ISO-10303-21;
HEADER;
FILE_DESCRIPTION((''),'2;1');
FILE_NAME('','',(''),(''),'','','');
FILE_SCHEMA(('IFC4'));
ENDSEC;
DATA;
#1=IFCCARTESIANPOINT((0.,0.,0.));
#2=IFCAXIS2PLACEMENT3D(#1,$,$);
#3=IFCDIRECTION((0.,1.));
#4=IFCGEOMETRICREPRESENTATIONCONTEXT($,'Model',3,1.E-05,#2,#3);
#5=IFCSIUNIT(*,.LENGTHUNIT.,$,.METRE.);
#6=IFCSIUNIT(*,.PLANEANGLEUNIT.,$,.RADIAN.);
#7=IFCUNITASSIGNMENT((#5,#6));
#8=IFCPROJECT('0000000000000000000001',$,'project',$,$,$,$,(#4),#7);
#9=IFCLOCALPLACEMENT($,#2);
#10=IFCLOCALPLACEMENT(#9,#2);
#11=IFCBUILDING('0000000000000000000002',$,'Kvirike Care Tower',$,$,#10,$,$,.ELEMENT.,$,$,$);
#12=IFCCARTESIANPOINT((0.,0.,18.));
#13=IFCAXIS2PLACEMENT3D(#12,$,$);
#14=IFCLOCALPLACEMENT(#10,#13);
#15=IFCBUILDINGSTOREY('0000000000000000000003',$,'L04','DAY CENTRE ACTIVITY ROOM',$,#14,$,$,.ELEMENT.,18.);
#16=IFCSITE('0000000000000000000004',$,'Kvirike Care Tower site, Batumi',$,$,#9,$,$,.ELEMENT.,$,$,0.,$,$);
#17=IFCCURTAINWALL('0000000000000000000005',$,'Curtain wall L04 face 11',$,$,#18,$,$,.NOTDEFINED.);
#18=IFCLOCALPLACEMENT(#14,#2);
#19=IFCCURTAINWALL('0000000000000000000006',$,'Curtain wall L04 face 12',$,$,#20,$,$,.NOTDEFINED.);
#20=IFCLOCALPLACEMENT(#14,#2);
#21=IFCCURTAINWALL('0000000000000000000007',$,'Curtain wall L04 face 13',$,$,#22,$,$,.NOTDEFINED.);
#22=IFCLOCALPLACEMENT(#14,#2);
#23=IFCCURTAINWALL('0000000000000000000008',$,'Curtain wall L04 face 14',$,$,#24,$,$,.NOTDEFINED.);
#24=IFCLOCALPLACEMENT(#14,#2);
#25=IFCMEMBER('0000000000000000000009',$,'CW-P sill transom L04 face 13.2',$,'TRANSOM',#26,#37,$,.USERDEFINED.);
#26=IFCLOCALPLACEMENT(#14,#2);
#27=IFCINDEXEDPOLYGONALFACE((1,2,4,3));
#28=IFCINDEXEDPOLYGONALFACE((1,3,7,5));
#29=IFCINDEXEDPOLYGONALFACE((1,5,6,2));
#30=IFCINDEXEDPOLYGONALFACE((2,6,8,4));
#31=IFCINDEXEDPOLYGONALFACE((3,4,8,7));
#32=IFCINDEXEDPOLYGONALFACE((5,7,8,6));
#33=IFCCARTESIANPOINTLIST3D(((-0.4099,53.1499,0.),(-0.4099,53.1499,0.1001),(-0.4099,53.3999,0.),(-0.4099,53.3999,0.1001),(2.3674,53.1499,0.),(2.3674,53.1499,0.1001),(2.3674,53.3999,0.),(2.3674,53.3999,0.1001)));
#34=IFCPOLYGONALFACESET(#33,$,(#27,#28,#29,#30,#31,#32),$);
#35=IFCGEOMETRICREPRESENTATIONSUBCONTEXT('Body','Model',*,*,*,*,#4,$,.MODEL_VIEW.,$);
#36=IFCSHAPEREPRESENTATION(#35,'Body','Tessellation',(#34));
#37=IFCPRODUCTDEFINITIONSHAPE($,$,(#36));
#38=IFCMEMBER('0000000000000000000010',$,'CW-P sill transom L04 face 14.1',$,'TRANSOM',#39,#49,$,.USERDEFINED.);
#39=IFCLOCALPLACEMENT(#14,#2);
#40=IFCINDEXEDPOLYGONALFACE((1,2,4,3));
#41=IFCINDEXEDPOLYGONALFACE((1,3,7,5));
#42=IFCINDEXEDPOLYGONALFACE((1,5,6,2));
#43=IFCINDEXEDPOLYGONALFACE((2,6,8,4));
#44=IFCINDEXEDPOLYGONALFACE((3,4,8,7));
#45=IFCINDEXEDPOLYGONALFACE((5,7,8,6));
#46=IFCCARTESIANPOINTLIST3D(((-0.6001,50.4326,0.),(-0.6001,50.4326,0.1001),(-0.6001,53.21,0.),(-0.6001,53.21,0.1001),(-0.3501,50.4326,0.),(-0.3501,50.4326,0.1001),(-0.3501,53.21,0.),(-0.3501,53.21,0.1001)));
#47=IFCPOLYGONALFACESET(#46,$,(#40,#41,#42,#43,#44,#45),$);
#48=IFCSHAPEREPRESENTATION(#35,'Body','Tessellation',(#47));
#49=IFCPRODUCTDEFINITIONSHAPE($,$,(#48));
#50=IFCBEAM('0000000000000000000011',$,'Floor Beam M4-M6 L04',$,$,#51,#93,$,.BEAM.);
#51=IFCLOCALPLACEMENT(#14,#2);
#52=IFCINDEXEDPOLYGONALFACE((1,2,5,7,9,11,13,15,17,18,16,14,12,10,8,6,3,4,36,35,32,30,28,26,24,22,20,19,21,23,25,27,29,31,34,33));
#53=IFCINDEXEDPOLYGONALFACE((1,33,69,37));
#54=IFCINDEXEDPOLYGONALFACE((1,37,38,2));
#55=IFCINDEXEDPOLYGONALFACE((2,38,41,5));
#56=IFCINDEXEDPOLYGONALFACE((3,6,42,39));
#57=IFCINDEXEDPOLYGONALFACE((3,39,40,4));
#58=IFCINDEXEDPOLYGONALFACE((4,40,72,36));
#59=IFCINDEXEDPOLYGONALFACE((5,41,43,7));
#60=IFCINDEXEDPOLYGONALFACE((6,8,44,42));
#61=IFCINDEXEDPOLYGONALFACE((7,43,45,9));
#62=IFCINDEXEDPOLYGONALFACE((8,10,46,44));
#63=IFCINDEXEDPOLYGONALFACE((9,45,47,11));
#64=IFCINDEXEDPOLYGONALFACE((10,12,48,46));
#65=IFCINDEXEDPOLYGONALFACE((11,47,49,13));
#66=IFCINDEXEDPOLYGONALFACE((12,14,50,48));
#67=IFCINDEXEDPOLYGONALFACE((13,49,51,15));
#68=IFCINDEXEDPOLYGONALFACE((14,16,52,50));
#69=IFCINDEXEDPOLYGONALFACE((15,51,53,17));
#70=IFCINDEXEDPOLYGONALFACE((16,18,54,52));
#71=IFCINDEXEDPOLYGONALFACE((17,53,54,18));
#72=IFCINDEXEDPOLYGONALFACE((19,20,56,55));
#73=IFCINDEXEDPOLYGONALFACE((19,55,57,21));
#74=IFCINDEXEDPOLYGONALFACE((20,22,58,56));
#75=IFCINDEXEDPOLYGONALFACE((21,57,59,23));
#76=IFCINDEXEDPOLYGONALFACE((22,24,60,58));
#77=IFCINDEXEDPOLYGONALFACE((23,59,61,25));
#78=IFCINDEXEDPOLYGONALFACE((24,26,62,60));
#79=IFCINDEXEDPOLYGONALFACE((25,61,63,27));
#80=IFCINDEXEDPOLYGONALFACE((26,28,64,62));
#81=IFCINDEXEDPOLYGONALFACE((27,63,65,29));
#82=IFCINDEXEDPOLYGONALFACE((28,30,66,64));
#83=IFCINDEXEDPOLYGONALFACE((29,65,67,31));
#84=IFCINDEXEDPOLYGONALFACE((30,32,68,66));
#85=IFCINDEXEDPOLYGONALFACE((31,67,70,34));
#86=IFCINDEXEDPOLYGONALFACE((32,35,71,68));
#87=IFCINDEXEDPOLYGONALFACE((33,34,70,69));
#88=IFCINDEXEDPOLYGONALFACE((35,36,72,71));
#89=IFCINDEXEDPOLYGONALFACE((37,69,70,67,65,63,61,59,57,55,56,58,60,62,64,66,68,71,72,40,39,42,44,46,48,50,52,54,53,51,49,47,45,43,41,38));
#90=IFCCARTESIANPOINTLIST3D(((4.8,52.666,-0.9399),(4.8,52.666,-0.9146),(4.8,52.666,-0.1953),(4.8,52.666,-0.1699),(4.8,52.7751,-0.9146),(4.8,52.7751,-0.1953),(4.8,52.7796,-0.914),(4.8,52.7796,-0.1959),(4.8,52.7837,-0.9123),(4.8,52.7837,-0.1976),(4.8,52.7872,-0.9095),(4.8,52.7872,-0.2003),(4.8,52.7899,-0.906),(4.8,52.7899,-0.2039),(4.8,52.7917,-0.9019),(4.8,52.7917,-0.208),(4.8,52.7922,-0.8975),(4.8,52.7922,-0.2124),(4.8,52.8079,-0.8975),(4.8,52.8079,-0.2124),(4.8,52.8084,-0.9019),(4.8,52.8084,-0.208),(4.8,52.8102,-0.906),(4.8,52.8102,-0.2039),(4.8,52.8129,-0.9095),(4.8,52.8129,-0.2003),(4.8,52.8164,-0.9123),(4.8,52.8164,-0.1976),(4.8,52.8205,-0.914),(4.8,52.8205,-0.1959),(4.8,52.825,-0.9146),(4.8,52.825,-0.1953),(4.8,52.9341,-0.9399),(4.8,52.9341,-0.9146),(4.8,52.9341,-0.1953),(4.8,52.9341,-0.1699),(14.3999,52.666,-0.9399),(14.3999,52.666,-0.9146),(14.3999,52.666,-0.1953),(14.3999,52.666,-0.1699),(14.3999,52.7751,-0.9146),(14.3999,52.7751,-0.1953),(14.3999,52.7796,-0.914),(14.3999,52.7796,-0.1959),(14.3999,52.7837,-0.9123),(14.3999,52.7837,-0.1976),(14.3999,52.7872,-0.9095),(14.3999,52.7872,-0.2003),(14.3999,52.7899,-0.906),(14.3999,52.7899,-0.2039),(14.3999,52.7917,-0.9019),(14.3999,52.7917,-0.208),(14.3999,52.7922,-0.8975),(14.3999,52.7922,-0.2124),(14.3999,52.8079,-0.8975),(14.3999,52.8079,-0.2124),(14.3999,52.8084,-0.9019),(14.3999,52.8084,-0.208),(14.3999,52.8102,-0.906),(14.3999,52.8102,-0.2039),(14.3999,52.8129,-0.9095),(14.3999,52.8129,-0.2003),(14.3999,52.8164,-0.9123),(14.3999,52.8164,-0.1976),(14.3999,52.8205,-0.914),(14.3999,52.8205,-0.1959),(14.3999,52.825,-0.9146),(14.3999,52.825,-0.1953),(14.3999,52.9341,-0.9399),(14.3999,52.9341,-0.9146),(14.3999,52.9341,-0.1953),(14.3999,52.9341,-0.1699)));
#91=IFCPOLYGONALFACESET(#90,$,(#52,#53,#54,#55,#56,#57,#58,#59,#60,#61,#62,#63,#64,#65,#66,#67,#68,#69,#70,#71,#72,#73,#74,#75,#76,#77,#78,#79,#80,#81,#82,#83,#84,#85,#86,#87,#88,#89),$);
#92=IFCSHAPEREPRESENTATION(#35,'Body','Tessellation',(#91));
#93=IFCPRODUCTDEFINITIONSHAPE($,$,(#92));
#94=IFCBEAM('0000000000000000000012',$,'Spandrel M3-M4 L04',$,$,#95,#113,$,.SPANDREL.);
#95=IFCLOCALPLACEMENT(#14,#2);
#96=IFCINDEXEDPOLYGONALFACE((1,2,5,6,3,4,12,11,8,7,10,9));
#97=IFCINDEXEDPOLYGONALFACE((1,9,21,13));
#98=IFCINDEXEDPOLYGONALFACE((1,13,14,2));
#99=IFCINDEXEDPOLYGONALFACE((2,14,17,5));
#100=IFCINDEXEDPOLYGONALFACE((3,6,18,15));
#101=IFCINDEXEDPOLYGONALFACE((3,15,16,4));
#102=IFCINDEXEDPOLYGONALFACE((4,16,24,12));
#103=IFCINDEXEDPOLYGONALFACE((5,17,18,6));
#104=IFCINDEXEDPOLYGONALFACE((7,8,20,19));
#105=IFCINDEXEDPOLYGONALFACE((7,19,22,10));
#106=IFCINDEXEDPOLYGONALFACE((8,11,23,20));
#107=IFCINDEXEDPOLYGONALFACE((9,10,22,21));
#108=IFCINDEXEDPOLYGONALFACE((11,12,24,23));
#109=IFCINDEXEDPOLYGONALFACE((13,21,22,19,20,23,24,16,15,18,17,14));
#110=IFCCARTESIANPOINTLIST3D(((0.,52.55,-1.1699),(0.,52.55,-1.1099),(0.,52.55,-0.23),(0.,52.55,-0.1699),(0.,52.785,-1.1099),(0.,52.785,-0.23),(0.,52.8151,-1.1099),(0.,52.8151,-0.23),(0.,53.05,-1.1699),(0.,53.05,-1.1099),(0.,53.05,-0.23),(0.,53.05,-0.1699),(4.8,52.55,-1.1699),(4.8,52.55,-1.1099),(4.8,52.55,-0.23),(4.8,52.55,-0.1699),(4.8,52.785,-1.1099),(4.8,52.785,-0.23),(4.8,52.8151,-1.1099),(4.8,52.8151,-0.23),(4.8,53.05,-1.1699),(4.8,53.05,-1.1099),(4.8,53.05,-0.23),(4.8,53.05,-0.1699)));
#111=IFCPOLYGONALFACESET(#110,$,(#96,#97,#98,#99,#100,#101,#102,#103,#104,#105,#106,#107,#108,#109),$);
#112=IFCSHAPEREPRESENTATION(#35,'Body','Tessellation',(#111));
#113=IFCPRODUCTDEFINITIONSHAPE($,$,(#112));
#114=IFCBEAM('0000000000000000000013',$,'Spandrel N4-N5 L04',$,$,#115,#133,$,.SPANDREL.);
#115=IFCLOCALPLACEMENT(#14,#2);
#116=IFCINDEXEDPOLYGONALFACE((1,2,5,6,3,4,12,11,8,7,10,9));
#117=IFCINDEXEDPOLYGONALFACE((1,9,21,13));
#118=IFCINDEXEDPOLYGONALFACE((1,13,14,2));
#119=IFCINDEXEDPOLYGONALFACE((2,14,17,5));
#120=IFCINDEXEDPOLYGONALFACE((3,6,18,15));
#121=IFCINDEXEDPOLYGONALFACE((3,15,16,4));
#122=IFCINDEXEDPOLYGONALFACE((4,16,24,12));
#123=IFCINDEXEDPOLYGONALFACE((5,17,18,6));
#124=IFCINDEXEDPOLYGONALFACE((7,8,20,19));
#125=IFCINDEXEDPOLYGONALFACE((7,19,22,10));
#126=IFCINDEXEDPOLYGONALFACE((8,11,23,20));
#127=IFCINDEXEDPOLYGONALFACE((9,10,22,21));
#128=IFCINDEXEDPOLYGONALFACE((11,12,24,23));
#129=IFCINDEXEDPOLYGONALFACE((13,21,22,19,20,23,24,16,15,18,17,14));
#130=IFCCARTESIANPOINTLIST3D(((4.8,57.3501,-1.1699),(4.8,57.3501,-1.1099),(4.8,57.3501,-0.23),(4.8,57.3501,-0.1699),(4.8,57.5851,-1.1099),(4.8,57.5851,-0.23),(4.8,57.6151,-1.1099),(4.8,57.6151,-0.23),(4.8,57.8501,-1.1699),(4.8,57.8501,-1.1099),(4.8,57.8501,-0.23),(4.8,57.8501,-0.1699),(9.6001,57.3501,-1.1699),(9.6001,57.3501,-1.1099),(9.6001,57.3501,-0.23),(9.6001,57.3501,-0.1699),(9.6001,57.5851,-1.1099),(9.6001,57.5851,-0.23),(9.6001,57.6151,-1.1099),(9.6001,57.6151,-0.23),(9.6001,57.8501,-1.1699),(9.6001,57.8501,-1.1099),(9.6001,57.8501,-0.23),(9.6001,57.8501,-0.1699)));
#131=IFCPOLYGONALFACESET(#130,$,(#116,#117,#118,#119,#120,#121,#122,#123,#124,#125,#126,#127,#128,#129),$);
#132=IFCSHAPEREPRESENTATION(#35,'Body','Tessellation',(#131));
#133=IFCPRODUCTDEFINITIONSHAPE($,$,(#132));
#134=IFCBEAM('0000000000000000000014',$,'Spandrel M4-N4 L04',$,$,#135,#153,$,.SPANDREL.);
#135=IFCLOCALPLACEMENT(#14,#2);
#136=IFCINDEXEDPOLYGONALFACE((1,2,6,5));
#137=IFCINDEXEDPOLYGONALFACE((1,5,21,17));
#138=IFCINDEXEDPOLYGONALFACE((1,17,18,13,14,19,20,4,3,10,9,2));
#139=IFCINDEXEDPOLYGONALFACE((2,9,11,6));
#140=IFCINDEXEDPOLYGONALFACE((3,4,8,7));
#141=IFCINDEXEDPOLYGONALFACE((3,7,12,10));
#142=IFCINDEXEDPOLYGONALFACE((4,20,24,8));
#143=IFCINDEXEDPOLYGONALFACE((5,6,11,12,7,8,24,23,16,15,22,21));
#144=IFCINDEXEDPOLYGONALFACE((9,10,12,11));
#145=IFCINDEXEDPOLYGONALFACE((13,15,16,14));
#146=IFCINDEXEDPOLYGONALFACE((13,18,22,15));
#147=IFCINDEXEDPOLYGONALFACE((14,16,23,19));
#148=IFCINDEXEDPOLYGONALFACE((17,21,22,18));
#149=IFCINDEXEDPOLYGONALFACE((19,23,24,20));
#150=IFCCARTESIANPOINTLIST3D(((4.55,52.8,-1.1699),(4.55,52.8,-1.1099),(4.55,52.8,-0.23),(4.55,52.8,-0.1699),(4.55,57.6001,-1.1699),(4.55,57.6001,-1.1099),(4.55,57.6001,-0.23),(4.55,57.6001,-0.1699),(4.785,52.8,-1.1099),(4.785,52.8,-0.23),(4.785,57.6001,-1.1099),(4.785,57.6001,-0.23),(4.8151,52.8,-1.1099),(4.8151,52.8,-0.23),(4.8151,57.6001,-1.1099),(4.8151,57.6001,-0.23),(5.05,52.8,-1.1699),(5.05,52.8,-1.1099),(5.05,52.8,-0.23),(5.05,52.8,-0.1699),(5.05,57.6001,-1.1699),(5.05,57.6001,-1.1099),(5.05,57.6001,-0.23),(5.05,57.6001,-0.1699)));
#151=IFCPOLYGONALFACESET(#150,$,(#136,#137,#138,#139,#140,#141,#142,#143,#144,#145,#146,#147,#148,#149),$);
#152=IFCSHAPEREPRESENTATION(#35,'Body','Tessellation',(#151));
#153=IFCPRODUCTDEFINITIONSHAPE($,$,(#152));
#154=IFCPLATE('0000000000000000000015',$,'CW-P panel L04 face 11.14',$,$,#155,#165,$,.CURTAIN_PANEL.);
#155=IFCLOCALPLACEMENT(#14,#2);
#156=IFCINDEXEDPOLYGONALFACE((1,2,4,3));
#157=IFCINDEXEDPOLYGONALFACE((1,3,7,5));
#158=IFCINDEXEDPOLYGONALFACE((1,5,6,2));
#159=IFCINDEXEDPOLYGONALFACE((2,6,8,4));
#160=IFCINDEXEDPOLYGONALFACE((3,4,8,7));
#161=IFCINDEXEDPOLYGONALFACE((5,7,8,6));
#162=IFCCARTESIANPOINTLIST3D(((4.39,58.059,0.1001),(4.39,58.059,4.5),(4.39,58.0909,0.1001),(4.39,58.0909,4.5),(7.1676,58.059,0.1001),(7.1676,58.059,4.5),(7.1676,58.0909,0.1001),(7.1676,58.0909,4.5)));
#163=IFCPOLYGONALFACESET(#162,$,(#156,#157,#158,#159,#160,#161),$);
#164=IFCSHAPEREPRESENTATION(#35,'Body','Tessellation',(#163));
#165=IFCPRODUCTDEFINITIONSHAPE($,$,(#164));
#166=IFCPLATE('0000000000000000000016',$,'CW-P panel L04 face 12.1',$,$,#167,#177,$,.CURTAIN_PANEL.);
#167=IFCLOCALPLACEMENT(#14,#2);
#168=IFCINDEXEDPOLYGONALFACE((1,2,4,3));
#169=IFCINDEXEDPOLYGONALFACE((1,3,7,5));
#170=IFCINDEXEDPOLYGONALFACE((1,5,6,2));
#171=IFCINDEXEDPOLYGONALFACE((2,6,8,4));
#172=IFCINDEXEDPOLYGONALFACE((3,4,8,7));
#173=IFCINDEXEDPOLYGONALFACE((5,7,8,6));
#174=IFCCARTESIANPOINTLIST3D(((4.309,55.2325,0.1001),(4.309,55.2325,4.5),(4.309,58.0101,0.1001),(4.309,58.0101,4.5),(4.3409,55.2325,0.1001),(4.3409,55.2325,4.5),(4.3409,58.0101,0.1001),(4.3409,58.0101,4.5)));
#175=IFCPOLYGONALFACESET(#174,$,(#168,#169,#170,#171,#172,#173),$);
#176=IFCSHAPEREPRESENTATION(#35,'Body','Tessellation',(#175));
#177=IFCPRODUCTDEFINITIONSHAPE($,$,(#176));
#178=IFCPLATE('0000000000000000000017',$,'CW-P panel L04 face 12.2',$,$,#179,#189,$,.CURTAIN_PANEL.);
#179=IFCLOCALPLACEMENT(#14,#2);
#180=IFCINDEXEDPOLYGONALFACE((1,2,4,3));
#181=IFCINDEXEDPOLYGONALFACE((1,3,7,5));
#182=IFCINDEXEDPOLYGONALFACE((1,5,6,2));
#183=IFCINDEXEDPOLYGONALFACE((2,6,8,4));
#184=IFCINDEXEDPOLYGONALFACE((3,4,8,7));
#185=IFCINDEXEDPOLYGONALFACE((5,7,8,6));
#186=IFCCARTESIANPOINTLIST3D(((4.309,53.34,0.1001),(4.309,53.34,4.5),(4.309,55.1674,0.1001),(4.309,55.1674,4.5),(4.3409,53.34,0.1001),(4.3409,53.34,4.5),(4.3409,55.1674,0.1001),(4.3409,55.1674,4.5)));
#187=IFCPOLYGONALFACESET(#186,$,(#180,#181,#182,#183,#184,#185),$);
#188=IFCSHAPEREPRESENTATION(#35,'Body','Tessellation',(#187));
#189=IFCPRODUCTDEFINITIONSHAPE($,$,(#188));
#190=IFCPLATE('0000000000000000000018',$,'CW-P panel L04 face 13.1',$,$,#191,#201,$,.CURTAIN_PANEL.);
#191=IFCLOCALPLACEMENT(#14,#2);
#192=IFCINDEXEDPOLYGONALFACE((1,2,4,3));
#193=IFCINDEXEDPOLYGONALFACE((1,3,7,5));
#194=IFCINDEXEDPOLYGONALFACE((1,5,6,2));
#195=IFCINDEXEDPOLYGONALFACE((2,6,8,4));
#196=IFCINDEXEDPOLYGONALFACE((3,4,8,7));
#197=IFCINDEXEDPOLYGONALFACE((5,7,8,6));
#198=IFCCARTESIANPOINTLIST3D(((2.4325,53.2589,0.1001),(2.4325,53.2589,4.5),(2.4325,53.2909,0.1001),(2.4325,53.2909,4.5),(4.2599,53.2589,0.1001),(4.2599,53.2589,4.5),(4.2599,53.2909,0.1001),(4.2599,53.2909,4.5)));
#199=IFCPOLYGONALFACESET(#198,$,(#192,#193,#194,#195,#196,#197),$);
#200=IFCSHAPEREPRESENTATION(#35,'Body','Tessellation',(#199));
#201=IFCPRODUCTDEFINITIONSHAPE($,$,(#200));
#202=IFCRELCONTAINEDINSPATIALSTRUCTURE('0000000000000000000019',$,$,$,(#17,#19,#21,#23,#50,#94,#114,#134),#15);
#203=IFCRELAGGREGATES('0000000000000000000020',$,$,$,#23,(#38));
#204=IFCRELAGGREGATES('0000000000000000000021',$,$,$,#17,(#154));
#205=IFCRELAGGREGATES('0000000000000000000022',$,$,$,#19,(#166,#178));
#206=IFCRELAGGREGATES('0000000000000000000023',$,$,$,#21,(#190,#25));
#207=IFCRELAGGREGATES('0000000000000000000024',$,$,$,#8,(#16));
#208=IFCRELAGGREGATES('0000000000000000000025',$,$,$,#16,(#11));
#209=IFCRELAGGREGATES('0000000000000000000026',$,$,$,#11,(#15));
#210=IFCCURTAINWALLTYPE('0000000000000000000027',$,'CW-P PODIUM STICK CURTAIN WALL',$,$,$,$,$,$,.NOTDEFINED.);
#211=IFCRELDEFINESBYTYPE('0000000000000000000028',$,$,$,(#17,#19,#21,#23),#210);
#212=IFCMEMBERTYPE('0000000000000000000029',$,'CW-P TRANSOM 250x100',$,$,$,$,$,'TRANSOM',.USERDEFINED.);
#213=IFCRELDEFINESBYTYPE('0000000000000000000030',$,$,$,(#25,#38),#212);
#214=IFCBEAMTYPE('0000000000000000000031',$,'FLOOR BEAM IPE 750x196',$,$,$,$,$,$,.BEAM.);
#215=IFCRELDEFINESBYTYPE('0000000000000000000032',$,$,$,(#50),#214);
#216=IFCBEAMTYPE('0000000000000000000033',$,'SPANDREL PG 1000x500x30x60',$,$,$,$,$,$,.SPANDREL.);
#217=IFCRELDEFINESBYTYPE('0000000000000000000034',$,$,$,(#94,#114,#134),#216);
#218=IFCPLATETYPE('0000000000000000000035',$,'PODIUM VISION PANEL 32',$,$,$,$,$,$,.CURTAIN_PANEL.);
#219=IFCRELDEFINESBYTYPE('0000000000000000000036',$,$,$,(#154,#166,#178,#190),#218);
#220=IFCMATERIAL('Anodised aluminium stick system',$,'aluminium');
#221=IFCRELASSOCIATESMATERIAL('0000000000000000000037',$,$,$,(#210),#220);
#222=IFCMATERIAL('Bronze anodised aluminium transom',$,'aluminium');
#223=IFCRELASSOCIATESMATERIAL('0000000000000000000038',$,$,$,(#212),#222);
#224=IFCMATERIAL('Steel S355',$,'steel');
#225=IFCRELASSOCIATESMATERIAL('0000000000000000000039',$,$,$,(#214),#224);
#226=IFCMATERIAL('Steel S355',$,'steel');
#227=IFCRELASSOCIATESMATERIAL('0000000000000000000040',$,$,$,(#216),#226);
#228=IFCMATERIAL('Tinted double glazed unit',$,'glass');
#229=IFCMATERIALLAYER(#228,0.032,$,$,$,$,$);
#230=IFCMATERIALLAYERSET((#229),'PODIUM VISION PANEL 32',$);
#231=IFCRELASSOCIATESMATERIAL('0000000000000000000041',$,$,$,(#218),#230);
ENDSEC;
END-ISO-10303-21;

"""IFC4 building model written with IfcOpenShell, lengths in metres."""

from ifc_helpers import new_model, si_unit, direction, frame, origin, origin_2d, place, context, subcontext, project, spatial, rectangle, i_section, extrude, material, layer, layer_set, material_profile, profile_set, type_object, element, aggregate, save


model = new_model("IFC4")

# Units and contexts
model_context = context("Model", 3, precision=1e-05, world=origin(), true_north=direction((0.0, 1.0)))
body_context = subcontext(model_context, "Body", "Model", "MODEL_VIEW")
ifc_project = project(units=[si_unit("LENGTHUNIT", "METRE"), si_unit("PLANEANGLEUNIT", "RADIAN")], contexts=[model_context])

# Site, building, storey
site_placement = place(None, origin())
site = spatial("IfcSite", under=ifc_project, at=site_placement, Name="Kvirike Care Tower site, Batumi", CompositionType="ELEMENT", RefElevation=0.0)
building_placement = place(site_placement, origin())
building = spatial("IfcBuilding", under=site, at=building_placement, Name="Kvirike Care Tower", CompositionType="ELEMENT")
storey_placement = place(building_placement, frame((0.0, 0.0, 18.0)))
storey = spatial("IfcBuildingStorey", under=building, at=storey_placement, Name="L04", Description="DAY CENTRE ACTIVITY ROOM", CompositionType="ELEMENT", Elevation=18.0)

# Curtain wall
ifc_material_1 = material(Name="Anodised aluminium stick system", Category="aluminium")
curtain_wall_type = type_object("IfcCurtainWallType", Name="CW-P PODIUM STICK CURTAIN WALL", PredefinedType="NOTDEFINED", material=ifc_material_1)
curtain_wall_1_placement = place(storey_placement, origin())
curtain_wall_1 = element("IfcCurtainWall", 1, at=curtain_wall_1_placement, inside=storey, type_object=curtain_wall_type, Name="Curtain wall L04 face 11", PredefinedType="NOTDEFINED")

# Curtain walls
curtain_wall_2_placement = place(storey_placement, origin())
curtain_wall_2 = element("IfcCurtainWall", 2, at=curtain_wall_2_placement, inside=storey, type_object=curtain_wall_type, Name="Curtain wall L04 face 12", PredefinedType="NOTDEFINED")
curtain_wall_3_placement = place(storey_placement, origin())
curtain_wall_3 = element("IfcCurtainWall", 3, at=curtain_wall_3_placement, inside=storey, type_object=curtain_wall_type, Name="Curtain wall L04 face 13", PredefinedType="NOTDEFINED")

# Curtain wall
curtain_wall_4_placement = place(storey_placement, origin())
curtain_wall_4 = element("IfcCurtainWall", 4, at=curtain_wall_4_placement, inside=storey, type_object=curtain_wall_type, Name="Curtain wall L04 face 14", PredefinedType="NOTDEFINED")

# Members
ifc_material_2 = material(Name="Bronze anodised aluminium transom", Category="aluminium")
ifc_material_profile_1 = material_profile(ifc_material_2, rectangle(XDim=0.25, YDim=0.1001, at=origin_2d()), Name="CW-P TRANSOM 250x100")
ifc_profile_set_1 = profile_set([ifc_material_profile_1], Name="Bronze anodised aluminium transom")
member_type_1 = type_object("IfcMemberType", Name="CW-P TRANSOM 250x100", ElementType="TRANSOM", PredefinedType="USERDEFINED", material=ifc_profile_set_1)
member_1_placement = place(storey_placement, frame((2.3674, 53.2749, 0.05), z_axis=(-1.0, 0.0, 0.0), x_axis=(0.0, -1.0, 0.0)))
member_1 = element("IfcMember", 5, at=member_1_placement, type_object=member_type_1, Name="CW-P sill transom L04 face 13.2", ObjectType="TRANSOM", PredefinedType="USERDEFINED", context=body_context, shape_type="SweptSolid", body=[
    extrude(rectangle(XDim=0.25, YDim=0.1001, at=origin_2d()), origin(), (0.0, 0.0, 1.0), 2.7773),
])
member_2_placement = place(storey_placement, frame((-0.4751, 53.21, 0.05), z_axis=(0.0, -1.0, 0.0), x_axis=(1.0, 0.0, 0.0)))
member_2 = element("IfcMember", 6, at=member_2_placement, type_object=member_type_1, Name="CW-P sill transom L04 face 14.1", ObjectType="TRANSOM", PredefinedType="USERDEFINED", context=body_context, shape_type="SweptSolid", body=[
    extrude(rectangle(XDim=0.25, YDim=0.1001, at=origin_2d()), origin(), (0.0, 0.0, 1.0), 2.7773),
])
aggregate(curtain_wall_4, [member_2])

# Beams
ifc_material_3 = material(Name="Steel S355", Category="steel")
ifc_material_profile_2 = material_profile(ifc_material_3, i_section(OverallWidth=0.2681, OverallDepth=0.77, WebThickness=0.0156, FlangeThickness=0.0254, FilletRadius=0.0171, at=origin_2d()), Name="IPE 750x196")
ifc_profile_set_2 = profile_set([ifc_material_profile_2], Name="Steel S355")
beam_type_1 = type_object("IfcBeamType", Name="FLOOR BEAM IPE 750x196", PredefinedType="BEAM", material=ifc_profile_set_2)
beam_placement = place(storey_placement, frame((4.8, 52.8, -0.5549), z_axis=(1.0, 0.0, 0.0), x_axis=(0.0, 1.0, 0.0)))
element("IfcBeam", 7, at=beam_placement, inside=storey, type_object=beam_type_1, Name="Floor Beam M4-M6 L04", PredefinedType="BEAM", context=body_context, shape_type="SweptSolid", body=[
    extrude(i_section(OverallWidth=0.2681, OverallDepth=0.77, WebThickness=0.0156, FlangeThickness=0.0254, FilletRadius=0.0171, at=origin_2d()), origin(), (0.0, 0.0, 1.0), 9.5999),
])
ifc_material_4 = material(Name="Steel S355", Category="steel")
ifc_material_profile_3 = material_profile(ifc_material_4, i_section(OverallWidth=0.5, OverallDepth=1.0, WebThickness=0.03, FlangeThickness=0.0601, at=origin_2d()), Name="PG 1000x500x30x60")
ifc_profile_set_3 = profile_set([ifc_material_profile_3], Name="Steel S355")
beam_type_2 = type_object("IfcBeamType", Name="SPANDREL PG 1000x500x30x60", PredefinedType="SPANDREL", material=ifc_profile_set_3)
for number, where, z_axis, x_axis, name in (
    (8, (0.0, 52.8, -0.6699), (1.0, 0.0, 0.0), (0.0, 1.0, 0.0), "Spandrel M3-M4 L04"),
    (9, (4.8, 57.6001, -0.6699), (1.0, 0.0, 0.0), (0.0, 1.0, 0.0), "Spandrel N4-N5 L04"),
    (10, (4.8, 52.8, -0.6699), (0.0, 1.0, 0.0), (-1.0, 0.0, 0.0), "Spandrel M4-N4 L04"),
):
    element("IfcBeam", number, at=place(storey_placement, frame(where, z_axis=z_axis, x_axis=x_axis)), inside=storey, type_object=beam_type_2, Name=name, PredefinedType="SPANDREL", context=body_context, shape_type="SweptSolid", body=[
        extrude(i_section(OverallWidth=0.5, OverallDepth=1.0, WebThickness=0.03, FlangeThickness=0.0601, at=origin_2d()), origin(), (0.0, 0.0, 1.0), 4.8),
    ])

# Plates
ifc_material_5 = material(Name="Tinted double glazed unit", Category="glass")
ifc_layer_1 = layer(ifc_material_5, 0.032)
ifc_layer_set_1 = layer_set([ifc_layer_1], Name="PODIUM VISION PANEL 32")
plate_type = type_object("IfcPlateType", Name="PODIUM VISION PANEL 32", PredefinedType="CURTAIN_PANEL", material=ifc_layer_set_1)
plate_1_placement = place(storey_placement, frame((5.7788, 58.075, 0.1001), z_axis=(0.0, 0.0, 1.0), x_axis=(-1.0, 0.0, 0.0)))
plate_1 = element("IfcPlate", 11, at=plate_1_placement, type_object=plate_type, Name="CW-P panel L04 face 11.14", PredefinedType="CURTAIN_PANEL", context=body_context, shape_type="SweptSolid", body=[
    extrude(rectangle(XDim=2.7776, YDim=0.032, at=origin_2d()), origin(), (0.0, 0.0, 1.0), 4.3999),
])
aggregate(curtain_wall_1, [plate_1])
plate_2_placement = place(storey_placement, frame((4.325, 56.6213, 0.1001), z_axis=(0.0, 0.0, 1.0), x_axis=(0.0, -1.0, 0.0)))
plate_2 = element("IfcPlate", 12, at=plate_2_placement, type_object=plate_type, Name="CW-P panel L04 face 12.1", PredefinedType="CURTAIN_PANEL", context=body_context, shape_type="SweptSolid", body=[
    extrude(rectangle(XDim=2.7776, YDim=0.032, at=origin_2d()), origin(), (0.0, 0.0, 1.0), 4.3999),
])
plate_3_placement = place(storey_placement, frame((4.325, 54.2537, 0.1001), z_axis=(0.0, 0.0, 1.0), x_axis=(0.0, -1.0, 0.0)))
plate_3 = element("IfcPlate", 13, at=plate_3_placement, type_object=plate_type, Name="CW-P panel L04 face 12.2", PredefinedType="CURTAIN_PANEL", context=body_context, shape_type="SweptSolid", body=[
    extrude(rectangle(XDim=1.8274, YDim=0.032, at=origin_2d()), origin(), (0.0, 0.0, 1.0), 4.3999),
])
aggregate(curtain_wall_2, [plate_2, plate_3])
plate_4_placement = place(storey_placement, frame((3.3462, 53.2749, 0.1001), z_axis=(0.0, 0.0, 1.0), x_axis=(-1.0, 0.0, 0.0)))
plate_4 = element("IfcPlate", 14, at=plate_4_placement, type_object=plate_type, Name="CW-P panel L04 face 13.1", PredefinedType="CURTAIN_PANEL", context=body_context, shape_type="SweptSolid", body=[
    extrude(rectangle(XDim=1.8274, YDim=0.032, at=origin_2d()), origin(), (0.0, 0.0, 1.0), 4.3999),
])
aggregate(curtain_wall_3, [plate_4, member_1])

save(model, "model.ifc")
